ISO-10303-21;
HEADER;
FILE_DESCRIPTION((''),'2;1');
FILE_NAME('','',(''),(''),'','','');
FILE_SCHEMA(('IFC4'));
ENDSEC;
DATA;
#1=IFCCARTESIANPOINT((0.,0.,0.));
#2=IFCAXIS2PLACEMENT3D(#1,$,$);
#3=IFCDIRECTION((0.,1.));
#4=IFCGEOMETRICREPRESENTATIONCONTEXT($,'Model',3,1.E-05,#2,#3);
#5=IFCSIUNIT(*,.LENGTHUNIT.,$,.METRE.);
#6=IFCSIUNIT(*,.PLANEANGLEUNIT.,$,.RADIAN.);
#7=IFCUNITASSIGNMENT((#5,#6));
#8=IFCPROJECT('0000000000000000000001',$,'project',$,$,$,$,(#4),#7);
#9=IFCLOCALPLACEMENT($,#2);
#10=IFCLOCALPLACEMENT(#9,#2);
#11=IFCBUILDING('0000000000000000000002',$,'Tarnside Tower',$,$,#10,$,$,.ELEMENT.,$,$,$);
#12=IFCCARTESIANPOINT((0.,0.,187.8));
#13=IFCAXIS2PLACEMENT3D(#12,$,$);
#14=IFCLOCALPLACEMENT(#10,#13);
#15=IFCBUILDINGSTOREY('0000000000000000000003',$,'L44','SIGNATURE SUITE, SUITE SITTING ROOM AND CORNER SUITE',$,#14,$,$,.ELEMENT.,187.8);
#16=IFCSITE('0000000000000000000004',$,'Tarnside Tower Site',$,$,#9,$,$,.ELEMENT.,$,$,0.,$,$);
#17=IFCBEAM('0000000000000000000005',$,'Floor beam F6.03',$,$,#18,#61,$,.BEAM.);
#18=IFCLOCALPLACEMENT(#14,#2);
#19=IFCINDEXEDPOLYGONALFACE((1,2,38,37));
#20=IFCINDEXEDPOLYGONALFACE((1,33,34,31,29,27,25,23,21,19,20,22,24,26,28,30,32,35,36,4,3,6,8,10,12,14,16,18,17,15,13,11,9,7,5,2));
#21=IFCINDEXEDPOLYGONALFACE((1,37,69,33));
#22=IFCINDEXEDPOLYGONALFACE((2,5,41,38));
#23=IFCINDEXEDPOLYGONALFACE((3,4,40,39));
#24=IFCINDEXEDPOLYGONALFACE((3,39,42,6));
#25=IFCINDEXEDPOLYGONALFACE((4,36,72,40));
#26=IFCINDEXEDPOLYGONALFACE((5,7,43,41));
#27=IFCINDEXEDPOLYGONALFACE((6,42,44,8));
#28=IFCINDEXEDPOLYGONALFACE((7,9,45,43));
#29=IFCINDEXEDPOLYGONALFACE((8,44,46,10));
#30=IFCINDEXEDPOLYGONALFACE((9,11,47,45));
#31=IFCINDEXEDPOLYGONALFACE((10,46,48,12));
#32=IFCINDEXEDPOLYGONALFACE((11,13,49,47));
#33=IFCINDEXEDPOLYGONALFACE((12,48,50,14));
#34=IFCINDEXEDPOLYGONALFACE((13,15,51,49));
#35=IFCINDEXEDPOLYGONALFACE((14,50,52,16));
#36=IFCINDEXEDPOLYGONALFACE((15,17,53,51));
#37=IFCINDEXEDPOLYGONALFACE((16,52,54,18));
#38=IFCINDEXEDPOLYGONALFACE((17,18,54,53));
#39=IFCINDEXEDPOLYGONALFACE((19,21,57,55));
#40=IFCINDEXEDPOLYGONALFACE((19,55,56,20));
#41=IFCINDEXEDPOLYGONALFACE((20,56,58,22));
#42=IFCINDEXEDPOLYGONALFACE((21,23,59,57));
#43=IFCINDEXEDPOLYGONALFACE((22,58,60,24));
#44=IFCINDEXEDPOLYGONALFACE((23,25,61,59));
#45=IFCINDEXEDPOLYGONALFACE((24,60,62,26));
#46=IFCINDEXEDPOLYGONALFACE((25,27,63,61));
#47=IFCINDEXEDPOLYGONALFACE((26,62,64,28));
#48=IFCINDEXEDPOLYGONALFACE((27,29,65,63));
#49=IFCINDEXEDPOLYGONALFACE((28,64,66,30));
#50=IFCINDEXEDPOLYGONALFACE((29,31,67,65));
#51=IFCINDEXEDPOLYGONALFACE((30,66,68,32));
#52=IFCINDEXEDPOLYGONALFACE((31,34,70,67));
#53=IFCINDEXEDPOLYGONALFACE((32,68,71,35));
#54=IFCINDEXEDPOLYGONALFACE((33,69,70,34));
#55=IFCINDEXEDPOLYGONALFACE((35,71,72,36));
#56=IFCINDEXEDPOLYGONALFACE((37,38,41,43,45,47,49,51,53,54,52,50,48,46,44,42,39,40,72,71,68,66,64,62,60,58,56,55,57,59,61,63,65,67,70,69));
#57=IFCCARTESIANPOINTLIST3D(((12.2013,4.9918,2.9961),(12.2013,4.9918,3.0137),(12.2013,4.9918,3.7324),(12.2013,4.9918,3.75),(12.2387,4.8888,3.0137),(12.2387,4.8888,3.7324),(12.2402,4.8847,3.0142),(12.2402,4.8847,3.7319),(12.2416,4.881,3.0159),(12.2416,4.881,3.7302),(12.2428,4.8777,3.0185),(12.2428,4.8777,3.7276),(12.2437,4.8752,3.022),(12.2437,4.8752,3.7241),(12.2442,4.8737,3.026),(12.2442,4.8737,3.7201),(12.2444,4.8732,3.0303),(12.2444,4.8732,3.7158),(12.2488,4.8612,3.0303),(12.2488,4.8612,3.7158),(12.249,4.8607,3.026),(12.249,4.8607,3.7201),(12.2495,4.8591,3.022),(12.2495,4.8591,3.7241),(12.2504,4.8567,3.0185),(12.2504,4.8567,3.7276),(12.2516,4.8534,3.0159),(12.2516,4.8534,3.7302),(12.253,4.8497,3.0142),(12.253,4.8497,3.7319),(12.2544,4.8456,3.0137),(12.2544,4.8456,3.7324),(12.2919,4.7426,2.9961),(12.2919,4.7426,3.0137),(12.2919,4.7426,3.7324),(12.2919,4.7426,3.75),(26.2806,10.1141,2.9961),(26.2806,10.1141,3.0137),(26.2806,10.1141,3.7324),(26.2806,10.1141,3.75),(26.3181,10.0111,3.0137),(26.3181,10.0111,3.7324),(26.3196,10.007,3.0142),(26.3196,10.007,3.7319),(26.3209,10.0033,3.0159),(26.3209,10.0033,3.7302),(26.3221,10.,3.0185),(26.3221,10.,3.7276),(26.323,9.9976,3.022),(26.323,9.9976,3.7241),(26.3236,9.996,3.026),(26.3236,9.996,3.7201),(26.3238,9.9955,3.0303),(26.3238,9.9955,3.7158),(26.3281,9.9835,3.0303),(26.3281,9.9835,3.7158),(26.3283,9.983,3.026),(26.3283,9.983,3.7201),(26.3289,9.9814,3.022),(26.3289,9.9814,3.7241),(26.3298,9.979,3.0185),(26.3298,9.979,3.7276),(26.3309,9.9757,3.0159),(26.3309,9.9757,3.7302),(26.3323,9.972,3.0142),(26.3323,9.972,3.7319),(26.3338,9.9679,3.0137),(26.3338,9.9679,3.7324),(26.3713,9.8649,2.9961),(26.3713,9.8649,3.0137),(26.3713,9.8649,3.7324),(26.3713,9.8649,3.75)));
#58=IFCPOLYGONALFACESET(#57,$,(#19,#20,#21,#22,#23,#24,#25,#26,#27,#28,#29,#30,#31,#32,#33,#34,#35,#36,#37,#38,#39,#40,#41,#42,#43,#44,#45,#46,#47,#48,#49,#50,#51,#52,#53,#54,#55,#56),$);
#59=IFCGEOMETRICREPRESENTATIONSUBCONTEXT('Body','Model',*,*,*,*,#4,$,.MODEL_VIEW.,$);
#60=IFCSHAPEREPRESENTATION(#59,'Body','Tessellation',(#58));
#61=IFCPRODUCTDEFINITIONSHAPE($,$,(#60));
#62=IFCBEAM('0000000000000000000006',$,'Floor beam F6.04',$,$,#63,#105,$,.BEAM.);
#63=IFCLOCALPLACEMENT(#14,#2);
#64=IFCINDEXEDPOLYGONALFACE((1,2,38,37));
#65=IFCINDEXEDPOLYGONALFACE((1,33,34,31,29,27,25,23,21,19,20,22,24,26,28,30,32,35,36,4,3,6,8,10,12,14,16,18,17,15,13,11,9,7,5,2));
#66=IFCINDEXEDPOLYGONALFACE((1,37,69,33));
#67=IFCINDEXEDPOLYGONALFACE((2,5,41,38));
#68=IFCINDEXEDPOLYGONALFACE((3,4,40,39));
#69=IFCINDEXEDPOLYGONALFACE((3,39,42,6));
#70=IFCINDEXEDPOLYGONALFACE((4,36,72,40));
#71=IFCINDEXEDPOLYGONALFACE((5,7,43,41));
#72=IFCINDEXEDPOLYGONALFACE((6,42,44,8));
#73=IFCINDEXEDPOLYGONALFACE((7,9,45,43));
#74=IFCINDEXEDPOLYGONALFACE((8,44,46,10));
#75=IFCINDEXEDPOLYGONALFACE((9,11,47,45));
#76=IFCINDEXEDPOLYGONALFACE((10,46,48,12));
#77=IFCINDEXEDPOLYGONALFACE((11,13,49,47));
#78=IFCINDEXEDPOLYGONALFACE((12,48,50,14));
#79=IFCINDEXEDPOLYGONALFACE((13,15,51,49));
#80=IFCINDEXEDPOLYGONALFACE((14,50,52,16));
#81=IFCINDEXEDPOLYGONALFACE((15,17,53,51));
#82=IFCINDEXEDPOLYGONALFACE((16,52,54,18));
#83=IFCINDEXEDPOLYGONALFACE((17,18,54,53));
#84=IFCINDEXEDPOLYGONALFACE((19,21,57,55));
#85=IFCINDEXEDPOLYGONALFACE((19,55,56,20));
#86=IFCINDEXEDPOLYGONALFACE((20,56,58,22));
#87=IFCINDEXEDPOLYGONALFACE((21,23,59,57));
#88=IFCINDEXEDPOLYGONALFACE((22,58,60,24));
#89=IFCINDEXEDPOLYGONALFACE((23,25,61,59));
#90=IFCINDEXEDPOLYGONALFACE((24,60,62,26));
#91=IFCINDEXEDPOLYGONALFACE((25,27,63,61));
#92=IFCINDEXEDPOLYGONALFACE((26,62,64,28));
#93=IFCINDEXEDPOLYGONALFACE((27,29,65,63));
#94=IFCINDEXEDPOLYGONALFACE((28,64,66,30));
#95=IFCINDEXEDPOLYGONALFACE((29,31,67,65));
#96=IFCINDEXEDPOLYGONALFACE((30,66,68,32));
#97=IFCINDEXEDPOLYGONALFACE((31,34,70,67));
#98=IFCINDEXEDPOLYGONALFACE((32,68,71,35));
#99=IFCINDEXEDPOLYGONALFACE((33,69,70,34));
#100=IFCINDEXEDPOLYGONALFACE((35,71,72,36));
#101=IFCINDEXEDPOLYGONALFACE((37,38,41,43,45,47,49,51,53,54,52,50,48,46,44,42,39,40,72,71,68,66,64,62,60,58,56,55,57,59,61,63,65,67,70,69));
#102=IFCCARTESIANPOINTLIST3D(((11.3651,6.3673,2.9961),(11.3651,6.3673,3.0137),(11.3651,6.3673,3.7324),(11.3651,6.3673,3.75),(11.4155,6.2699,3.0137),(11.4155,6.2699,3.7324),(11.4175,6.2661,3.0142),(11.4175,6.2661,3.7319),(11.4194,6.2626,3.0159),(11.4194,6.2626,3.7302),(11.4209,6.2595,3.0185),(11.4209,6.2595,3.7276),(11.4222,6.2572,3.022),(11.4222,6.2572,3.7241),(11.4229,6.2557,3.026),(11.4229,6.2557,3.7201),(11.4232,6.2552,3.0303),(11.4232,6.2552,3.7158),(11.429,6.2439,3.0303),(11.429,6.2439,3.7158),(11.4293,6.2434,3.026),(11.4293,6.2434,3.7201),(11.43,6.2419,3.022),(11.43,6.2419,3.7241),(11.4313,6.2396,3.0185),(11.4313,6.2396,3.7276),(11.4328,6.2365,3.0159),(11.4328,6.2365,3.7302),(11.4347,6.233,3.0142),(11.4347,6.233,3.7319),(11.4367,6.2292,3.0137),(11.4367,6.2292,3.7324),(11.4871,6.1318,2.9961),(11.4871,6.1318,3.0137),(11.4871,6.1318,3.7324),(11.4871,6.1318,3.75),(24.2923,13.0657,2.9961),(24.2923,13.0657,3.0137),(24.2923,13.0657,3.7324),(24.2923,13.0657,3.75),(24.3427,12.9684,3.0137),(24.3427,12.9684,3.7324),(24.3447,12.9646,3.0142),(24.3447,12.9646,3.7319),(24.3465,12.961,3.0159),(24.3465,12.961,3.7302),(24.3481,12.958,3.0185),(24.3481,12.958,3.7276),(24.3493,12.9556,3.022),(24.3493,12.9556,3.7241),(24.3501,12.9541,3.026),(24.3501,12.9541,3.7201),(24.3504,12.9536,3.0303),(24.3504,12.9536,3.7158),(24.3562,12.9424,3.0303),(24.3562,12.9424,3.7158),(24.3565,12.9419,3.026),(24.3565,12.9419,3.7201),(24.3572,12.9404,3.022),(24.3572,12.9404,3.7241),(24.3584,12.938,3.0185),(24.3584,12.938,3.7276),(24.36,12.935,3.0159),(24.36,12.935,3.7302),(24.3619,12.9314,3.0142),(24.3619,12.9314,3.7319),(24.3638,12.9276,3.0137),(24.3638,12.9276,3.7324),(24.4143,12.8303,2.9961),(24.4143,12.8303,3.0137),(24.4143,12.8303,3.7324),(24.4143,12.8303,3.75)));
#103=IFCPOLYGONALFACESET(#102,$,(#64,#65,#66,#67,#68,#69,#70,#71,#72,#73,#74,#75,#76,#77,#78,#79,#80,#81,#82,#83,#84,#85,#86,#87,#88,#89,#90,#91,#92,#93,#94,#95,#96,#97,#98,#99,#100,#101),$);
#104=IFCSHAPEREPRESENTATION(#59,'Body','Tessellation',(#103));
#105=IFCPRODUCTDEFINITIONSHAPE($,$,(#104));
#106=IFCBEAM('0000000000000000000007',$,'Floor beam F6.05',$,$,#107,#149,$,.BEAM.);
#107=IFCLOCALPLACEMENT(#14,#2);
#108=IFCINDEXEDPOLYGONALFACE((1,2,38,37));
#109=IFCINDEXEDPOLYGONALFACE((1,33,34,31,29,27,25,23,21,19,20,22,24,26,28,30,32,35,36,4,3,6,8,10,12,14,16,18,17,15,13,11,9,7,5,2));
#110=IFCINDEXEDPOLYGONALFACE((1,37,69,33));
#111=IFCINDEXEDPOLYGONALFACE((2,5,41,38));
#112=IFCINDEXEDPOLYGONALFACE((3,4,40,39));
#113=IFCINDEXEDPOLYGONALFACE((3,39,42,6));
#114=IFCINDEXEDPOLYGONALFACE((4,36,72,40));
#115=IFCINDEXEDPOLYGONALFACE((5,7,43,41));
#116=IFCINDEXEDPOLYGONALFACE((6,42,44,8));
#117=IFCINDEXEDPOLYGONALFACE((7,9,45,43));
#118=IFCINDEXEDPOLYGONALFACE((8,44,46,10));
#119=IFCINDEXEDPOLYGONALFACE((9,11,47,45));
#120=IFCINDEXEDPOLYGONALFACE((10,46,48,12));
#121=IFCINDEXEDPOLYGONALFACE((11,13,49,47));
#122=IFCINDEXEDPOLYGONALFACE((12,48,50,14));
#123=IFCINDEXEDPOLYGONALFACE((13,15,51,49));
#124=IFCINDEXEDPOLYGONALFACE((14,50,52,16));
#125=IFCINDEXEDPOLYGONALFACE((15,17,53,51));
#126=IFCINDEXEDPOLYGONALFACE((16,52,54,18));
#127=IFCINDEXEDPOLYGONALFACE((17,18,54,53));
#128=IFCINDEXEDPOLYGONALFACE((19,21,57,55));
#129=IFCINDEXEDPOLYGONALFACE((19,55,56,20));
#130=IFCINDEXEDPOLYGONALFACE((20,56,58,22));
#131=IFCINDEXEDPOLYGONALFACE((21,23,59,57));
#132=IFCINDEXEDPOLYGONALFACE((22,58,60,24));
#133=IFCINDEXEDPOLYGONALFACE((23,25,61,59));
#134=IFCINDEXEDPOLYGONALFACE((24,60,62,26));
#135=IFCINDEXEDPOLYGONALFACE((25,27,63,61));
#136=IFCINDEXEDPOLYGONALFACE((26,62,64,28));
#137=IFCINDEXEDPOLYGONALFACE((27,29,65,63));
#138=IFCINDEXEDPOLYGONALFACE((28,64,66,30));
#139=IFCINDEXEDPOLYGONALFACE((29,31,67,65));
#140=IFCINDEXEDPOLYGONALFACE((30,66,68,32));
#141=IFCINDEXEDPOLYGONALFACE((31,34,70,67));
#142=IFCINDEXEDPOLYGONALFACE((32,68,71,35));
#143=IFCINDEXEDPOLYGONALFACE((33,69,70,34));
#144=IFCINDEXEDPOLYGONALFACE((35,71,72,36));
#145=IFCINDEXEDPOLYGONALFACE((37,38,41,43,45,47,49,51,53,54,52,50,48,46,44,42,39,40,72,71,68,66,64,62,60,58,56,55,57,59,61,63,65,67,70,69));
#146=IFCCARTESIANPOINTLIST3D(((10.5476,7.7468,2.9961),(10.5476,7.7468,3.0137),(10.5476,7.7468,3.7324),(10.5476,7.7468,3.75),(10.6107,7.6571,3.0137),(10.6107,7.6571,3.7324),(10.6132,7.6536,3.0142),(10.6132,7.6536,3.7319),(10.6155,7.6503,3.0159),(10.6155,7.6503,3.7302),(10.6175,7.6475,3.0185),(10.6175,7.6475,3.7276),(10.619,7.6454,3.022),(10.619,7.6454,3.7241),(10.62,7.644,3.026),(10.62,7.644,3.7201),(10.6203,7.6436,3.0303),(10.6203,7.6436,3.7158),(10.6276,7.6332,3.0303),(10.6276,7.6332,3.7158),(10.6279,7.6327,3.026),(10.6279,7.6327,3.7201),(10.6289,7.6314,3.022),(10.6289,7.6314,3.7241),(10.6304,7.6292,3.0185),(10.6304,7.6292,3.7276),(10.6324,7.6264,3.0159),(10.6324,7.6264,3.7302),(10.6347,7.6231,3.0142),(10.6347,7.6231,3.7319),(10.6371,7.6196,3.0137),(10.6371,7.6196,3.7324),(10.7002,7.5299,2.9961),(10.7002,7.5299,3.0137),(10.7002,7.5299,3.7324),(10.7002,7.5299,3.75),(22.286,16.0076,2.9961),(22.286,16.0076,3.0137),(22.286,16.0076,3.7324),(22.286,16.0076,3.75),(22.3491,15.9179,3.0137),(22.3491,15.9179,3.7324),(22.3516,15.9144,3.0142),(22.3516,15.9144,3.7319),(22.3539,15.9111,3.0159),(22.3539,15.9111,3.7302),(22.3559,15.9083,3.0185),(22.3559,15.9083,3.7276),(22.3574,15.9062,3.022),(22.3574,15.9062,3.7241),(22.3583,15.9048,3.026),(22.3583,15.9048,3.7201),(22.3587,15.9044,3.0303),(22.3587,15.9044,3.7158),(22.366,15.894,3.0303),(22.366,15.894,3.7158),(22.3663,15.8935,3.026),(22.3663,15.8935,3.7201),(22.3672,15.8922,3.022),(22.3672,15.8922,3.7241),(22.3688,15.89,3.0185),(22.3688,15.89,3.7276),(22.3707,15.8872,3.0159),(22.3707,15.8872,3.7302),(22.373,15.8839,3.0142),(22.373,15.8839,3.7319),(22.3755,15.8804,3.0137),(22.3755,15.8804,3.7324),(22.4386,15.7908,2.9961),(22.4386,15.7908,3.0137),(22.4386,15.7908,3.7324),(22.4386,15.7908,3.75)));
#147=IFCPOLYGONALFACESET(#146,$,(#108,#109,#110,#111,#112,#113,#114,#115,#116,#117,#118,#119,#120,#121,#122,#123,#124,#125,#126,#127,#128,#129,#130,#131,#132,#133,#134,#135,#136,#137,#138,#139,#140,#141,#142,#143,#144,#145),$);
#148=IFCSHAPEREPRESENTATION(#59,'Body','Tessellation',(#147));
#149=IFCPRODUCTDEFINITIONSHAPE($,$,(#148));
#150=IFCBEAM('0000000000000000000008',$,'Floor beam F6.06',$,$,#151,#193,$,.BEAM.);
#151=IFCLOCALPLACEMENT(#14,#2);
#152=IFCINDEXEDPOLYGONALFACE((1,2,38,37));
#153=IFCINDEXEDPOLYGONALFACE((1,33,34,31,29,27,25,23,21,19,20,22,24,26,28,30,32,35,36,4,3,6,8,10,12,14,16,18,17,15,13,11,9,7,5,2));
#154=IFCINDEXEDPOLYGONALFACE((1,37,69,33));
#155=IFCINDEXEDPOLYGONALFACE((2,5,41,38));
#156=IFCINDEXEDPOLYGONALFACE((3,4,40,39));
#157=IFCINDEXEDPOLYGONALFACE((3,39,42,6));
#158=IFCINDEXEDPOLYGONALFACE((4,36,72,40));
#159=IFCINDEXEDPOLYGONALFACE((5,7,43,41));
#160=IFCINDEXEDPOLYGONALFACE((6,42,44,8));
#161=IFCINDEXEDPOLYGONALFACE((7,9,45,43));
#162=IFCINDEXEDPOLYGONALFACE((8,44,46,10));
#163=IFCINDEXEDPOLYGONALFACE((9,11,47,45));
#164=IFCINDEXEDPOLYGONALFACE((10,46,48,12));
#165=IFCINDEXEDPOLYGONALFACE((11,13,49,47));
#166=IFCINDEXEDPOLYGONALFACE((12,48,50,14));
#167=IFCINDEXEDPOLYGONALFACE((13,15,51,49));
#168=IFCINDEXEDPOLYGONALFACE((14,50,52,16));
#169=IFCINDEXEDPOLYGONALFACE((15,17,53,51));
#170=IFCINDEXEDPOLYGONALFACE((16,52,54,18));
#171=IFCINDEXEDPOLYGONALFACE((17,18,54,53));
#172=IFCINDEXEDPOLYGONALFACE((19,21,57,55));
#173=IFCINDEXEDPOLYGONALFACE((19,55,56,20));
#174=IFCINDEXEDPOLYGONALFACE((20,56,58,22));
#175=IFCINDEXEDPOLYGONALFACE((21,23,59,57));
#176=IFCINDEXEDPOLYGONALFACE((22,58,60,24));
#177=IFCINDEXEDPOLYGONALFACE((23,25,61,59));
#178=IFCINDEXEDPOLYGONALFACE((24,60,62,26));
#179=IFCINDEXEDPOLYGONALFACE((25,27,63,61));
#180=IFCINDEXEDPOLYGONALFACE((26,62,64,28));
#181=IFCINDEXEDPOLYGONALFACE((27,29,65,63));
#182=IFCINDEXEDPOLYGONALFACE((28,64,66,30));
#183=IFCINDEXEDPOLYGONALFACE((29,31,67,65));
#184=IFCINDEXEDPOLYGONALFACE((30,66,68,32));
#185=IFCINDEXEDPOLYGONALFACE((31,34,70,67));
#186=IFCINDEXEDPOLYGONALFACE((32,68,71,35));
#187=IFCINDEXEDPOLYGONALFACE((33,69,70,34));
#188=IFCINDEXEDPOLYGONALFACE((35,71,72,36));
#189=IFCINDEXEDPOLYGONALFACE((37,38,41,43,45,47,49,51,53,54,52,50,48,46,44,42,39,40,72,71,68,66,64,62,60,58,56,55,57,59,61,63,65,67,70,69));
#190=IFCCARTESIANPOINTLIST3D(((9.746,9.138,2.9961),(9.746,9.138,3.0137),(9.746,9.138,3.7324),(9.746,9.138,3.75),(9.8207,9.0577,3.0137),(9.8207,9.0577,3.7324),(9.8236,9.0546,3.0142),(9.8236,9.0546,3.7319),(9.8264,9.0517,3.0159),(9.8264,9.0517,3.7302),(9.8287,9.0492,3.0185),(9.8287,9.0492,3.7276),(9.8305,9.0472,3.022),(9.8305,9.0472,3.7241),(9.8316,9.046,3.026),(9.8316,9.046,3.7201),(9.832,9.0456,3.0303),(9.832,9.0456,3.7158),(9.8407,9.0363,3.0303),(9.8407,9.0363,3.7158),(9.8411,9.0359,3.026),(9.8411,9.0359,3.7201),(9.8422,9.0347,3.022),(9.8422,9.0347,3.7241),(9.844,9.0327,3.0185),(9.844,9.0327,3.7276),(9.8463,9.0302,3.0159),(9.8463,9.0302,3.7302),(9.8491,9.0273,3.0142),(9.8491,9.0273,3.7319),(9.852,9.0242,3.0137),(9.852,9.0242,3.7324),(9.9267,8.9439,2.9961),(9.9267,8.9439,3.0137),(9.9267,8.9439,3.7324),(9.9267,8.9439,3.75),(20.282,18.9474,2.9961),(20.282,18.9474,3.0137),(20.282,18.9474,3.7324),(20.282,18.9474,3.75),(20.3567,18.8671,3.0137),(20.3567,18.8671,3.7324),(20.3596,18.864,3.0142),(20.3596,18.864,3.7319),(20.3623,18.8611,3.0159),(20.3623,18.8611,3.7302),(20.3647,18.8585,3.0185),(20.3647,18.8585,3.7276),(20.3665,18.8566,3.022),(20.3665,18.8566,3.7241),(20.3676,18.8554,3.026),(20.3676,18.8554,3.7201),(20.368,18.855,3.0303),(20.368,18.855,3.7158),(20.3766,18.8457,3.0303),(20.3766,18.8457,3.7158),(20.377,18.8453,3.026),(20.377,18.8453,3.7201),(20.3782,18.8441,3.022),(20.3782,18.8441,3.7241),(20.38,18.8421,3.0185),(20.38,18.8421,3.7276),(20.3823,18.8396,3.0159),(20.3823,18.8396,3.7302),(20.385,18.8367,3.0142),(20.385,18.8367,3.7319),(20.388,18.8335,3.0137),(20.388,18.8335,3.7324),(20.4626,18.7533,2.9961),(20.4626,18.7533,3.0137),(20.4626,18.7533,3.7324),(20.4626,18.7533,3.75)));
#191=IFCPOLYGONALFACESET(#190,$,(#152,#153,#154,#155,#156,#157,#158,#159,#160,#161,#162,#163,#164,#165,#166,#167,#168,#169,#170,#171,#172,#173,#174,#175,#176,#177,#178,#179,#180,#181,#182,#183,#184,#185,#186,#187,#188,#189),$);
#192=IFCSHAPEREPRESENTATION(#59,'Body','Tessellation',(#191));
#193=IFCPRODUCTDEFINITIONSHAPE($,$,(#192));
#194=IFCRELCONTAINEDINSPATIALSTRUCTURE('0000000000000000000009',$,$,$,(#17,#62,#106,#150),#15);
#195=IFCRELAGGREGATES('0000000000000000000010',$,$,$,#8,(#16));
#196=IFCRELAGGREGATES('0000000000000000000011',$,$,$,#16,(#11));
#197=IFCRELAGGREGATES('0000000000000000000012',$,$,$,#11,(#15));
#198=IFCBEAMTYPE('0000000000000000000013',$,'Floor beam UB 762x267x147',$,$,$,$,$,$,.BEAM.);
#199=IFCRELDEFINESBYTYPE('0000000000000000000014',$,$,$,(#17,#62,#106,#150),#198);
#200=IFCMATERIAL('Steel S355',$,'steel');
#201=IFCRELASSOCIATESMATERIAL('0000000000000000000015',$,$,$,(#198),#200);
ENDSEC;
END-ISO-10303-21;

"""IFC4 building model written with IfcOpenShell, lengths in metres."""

from ifc_helpers import new_model, si_unit, direction, frame, origin, origin_2d, place, context, subcontext, project, spatial, i_section, extrude, material, material_profile, profile_set, type_object, element, save


model = new_model("IFC4")

# Units and contexts
model_context = context("Model", 3, precision=1e-05, world=origin(), true_north=direction((0.0, 1.0)))
body_context = subcontext(model_context, "Body", "Model", "MODEL_VIEW")
ifc_project = project(units=[si_unit("LENGTHUNIT", "METRE"), si_unit("PLANEANGLEUNIT", "RADIAN")], contexts=[model_context])

# Site, building, storey
site_placement = place(None, origin())
site = spatial("IfcSite", under=ifc_project, at=site_placement, Name="Tarnside Tower Site", CompositionType="ELEMENT", RefElevation=0.0)
building_placement = place(site_placement, origin())
building = spatial("IfcBuilding", under=site, at=building_placement, Name="Tarnside Tower", CompositionType="ELEMENT")
storey_placement = place(building_placement, frame((0.0, 0.0, 187.8)))
storey = spatial("IfcBuildingStorey", under=building, at=storey_placement, Name="L44", Description="SIGNATURE SUITE, SUITE SITTING ROOM AND CORNER SUITE", CompositionType="ELEMENT", Elevation=187.8)

# Beams
ifc_material_1 = material(Name="Steel S355", Category="steel")
ifc_material_profile_1 = material_profile(ifc_material_1, i_section(OverallWidth=0.2651, OverallDepth=0.7539, WebThickness=0.0127, FlangeThickness=0.0176, FilletRadius=0.0166, at=origin_2d()), Name="UB 762x267x147")
ifc_profile_set_1 = profile_set([ifc_material_profile_1], Name="Steel S355")
beam_type_1 = type_object("IfcBeamType", Name="Floor beam UB 762x267x147", PredefinedType="BEAM", material=ifc_profile_set_1)
beam_1_placement = place(storey_placement, frame((26.3259, 9.9895, 3.373), z_axis=(-0.939739, -0.341894, 0.0), x_axis=(0.341894, -0.939739, 0.0)))
element("IfcBeam", 1, at=beam_1_placement, inside=storey, type_object=beam_type_1, Name="Floor beam F6.03", PredefinedType="BEAM", context=body_context, shape_type="SweptSolid", body=[
    extrude(i_section(OverallWidth=0.2651, OverallDepth=0.7539, WebThickness=0.0127, FlangeThickness=0.0176, FilletRadius=0.0166, at=origin_2d()), origin(), (0.0, 0.0, 1.0), 14.9822),
])
beam_2_placement = place(storey_placement, frame((24.3533, 12.948, 3.373), z_axis=(-0.887882, -0.460072, 0.0), x_axis=(0.460072, -0.887882, 0.0)))
element("IfcBeam", 2, at=beam_2_placement, inside=storey, type_object=beam_type_1, Name="Floor beam F6.04", PredefinedType="BEAM", context=body_context, shape_type="SweptSolid", body=[
    extrude(i_section(OverallWidth=0.2651, OverallDepth=0.7539, WebThickness=0.0127, FlangeThickness=0.0176, FilletRadius=0.0166, at=origin_2d()), origin(), (0.0, 0.0, 1.0), 14.5596),
])
beam_3_placement = place(storey_placement, frame((22.3623, 15.8992, 3.373), z_axis=(-0.817791, -0.575515, 0.0), x_axis=(0.575515, -0.817791, 0.0)))
element("IfcBeam", 3, at=beam_3_placement, inside=storey, type_object=beam_type_1, Name="Floor beam F6.05", PredefinedType="BEAM", context=body_context, shape_type="SweptSolid", body=[
    extrude(i_section(OverallWidth=0.2651, OverallDepth=0.7539, WebThickness=0.0127, FlangeThickness=0.0176, FilletRadius=0.0166, at=origin_2d()), origin(), (0.0, 0.0, 1.0), 14.3538),
])
beam_4_placement = place(storey_placement, frame((20.3723, 18.8503, 3.373), z_axis=(-0.731892, -0.68142, 0.0), x_axis=(0.68142, -0.731892, 0.0)))
element("IfcBeam", 4, at=beam_4_placement, inside=storey, type_object=beam_type_1, Name="Floor beam F6.06", PredefinedType="BEAM", context=body_context, shape_type="SweptSolid", body=[
    extrude(i_section(OverallWidth=0.2651, OverallDepth=0.7539, WebThickness=0.0127, FlangeThickness=0.0176, FilletRadius=0.0166, at=origin_2d()), origin(), (0.0, 0.0, 1.0), 14.3955),
])

save(model, "model.ifc")
